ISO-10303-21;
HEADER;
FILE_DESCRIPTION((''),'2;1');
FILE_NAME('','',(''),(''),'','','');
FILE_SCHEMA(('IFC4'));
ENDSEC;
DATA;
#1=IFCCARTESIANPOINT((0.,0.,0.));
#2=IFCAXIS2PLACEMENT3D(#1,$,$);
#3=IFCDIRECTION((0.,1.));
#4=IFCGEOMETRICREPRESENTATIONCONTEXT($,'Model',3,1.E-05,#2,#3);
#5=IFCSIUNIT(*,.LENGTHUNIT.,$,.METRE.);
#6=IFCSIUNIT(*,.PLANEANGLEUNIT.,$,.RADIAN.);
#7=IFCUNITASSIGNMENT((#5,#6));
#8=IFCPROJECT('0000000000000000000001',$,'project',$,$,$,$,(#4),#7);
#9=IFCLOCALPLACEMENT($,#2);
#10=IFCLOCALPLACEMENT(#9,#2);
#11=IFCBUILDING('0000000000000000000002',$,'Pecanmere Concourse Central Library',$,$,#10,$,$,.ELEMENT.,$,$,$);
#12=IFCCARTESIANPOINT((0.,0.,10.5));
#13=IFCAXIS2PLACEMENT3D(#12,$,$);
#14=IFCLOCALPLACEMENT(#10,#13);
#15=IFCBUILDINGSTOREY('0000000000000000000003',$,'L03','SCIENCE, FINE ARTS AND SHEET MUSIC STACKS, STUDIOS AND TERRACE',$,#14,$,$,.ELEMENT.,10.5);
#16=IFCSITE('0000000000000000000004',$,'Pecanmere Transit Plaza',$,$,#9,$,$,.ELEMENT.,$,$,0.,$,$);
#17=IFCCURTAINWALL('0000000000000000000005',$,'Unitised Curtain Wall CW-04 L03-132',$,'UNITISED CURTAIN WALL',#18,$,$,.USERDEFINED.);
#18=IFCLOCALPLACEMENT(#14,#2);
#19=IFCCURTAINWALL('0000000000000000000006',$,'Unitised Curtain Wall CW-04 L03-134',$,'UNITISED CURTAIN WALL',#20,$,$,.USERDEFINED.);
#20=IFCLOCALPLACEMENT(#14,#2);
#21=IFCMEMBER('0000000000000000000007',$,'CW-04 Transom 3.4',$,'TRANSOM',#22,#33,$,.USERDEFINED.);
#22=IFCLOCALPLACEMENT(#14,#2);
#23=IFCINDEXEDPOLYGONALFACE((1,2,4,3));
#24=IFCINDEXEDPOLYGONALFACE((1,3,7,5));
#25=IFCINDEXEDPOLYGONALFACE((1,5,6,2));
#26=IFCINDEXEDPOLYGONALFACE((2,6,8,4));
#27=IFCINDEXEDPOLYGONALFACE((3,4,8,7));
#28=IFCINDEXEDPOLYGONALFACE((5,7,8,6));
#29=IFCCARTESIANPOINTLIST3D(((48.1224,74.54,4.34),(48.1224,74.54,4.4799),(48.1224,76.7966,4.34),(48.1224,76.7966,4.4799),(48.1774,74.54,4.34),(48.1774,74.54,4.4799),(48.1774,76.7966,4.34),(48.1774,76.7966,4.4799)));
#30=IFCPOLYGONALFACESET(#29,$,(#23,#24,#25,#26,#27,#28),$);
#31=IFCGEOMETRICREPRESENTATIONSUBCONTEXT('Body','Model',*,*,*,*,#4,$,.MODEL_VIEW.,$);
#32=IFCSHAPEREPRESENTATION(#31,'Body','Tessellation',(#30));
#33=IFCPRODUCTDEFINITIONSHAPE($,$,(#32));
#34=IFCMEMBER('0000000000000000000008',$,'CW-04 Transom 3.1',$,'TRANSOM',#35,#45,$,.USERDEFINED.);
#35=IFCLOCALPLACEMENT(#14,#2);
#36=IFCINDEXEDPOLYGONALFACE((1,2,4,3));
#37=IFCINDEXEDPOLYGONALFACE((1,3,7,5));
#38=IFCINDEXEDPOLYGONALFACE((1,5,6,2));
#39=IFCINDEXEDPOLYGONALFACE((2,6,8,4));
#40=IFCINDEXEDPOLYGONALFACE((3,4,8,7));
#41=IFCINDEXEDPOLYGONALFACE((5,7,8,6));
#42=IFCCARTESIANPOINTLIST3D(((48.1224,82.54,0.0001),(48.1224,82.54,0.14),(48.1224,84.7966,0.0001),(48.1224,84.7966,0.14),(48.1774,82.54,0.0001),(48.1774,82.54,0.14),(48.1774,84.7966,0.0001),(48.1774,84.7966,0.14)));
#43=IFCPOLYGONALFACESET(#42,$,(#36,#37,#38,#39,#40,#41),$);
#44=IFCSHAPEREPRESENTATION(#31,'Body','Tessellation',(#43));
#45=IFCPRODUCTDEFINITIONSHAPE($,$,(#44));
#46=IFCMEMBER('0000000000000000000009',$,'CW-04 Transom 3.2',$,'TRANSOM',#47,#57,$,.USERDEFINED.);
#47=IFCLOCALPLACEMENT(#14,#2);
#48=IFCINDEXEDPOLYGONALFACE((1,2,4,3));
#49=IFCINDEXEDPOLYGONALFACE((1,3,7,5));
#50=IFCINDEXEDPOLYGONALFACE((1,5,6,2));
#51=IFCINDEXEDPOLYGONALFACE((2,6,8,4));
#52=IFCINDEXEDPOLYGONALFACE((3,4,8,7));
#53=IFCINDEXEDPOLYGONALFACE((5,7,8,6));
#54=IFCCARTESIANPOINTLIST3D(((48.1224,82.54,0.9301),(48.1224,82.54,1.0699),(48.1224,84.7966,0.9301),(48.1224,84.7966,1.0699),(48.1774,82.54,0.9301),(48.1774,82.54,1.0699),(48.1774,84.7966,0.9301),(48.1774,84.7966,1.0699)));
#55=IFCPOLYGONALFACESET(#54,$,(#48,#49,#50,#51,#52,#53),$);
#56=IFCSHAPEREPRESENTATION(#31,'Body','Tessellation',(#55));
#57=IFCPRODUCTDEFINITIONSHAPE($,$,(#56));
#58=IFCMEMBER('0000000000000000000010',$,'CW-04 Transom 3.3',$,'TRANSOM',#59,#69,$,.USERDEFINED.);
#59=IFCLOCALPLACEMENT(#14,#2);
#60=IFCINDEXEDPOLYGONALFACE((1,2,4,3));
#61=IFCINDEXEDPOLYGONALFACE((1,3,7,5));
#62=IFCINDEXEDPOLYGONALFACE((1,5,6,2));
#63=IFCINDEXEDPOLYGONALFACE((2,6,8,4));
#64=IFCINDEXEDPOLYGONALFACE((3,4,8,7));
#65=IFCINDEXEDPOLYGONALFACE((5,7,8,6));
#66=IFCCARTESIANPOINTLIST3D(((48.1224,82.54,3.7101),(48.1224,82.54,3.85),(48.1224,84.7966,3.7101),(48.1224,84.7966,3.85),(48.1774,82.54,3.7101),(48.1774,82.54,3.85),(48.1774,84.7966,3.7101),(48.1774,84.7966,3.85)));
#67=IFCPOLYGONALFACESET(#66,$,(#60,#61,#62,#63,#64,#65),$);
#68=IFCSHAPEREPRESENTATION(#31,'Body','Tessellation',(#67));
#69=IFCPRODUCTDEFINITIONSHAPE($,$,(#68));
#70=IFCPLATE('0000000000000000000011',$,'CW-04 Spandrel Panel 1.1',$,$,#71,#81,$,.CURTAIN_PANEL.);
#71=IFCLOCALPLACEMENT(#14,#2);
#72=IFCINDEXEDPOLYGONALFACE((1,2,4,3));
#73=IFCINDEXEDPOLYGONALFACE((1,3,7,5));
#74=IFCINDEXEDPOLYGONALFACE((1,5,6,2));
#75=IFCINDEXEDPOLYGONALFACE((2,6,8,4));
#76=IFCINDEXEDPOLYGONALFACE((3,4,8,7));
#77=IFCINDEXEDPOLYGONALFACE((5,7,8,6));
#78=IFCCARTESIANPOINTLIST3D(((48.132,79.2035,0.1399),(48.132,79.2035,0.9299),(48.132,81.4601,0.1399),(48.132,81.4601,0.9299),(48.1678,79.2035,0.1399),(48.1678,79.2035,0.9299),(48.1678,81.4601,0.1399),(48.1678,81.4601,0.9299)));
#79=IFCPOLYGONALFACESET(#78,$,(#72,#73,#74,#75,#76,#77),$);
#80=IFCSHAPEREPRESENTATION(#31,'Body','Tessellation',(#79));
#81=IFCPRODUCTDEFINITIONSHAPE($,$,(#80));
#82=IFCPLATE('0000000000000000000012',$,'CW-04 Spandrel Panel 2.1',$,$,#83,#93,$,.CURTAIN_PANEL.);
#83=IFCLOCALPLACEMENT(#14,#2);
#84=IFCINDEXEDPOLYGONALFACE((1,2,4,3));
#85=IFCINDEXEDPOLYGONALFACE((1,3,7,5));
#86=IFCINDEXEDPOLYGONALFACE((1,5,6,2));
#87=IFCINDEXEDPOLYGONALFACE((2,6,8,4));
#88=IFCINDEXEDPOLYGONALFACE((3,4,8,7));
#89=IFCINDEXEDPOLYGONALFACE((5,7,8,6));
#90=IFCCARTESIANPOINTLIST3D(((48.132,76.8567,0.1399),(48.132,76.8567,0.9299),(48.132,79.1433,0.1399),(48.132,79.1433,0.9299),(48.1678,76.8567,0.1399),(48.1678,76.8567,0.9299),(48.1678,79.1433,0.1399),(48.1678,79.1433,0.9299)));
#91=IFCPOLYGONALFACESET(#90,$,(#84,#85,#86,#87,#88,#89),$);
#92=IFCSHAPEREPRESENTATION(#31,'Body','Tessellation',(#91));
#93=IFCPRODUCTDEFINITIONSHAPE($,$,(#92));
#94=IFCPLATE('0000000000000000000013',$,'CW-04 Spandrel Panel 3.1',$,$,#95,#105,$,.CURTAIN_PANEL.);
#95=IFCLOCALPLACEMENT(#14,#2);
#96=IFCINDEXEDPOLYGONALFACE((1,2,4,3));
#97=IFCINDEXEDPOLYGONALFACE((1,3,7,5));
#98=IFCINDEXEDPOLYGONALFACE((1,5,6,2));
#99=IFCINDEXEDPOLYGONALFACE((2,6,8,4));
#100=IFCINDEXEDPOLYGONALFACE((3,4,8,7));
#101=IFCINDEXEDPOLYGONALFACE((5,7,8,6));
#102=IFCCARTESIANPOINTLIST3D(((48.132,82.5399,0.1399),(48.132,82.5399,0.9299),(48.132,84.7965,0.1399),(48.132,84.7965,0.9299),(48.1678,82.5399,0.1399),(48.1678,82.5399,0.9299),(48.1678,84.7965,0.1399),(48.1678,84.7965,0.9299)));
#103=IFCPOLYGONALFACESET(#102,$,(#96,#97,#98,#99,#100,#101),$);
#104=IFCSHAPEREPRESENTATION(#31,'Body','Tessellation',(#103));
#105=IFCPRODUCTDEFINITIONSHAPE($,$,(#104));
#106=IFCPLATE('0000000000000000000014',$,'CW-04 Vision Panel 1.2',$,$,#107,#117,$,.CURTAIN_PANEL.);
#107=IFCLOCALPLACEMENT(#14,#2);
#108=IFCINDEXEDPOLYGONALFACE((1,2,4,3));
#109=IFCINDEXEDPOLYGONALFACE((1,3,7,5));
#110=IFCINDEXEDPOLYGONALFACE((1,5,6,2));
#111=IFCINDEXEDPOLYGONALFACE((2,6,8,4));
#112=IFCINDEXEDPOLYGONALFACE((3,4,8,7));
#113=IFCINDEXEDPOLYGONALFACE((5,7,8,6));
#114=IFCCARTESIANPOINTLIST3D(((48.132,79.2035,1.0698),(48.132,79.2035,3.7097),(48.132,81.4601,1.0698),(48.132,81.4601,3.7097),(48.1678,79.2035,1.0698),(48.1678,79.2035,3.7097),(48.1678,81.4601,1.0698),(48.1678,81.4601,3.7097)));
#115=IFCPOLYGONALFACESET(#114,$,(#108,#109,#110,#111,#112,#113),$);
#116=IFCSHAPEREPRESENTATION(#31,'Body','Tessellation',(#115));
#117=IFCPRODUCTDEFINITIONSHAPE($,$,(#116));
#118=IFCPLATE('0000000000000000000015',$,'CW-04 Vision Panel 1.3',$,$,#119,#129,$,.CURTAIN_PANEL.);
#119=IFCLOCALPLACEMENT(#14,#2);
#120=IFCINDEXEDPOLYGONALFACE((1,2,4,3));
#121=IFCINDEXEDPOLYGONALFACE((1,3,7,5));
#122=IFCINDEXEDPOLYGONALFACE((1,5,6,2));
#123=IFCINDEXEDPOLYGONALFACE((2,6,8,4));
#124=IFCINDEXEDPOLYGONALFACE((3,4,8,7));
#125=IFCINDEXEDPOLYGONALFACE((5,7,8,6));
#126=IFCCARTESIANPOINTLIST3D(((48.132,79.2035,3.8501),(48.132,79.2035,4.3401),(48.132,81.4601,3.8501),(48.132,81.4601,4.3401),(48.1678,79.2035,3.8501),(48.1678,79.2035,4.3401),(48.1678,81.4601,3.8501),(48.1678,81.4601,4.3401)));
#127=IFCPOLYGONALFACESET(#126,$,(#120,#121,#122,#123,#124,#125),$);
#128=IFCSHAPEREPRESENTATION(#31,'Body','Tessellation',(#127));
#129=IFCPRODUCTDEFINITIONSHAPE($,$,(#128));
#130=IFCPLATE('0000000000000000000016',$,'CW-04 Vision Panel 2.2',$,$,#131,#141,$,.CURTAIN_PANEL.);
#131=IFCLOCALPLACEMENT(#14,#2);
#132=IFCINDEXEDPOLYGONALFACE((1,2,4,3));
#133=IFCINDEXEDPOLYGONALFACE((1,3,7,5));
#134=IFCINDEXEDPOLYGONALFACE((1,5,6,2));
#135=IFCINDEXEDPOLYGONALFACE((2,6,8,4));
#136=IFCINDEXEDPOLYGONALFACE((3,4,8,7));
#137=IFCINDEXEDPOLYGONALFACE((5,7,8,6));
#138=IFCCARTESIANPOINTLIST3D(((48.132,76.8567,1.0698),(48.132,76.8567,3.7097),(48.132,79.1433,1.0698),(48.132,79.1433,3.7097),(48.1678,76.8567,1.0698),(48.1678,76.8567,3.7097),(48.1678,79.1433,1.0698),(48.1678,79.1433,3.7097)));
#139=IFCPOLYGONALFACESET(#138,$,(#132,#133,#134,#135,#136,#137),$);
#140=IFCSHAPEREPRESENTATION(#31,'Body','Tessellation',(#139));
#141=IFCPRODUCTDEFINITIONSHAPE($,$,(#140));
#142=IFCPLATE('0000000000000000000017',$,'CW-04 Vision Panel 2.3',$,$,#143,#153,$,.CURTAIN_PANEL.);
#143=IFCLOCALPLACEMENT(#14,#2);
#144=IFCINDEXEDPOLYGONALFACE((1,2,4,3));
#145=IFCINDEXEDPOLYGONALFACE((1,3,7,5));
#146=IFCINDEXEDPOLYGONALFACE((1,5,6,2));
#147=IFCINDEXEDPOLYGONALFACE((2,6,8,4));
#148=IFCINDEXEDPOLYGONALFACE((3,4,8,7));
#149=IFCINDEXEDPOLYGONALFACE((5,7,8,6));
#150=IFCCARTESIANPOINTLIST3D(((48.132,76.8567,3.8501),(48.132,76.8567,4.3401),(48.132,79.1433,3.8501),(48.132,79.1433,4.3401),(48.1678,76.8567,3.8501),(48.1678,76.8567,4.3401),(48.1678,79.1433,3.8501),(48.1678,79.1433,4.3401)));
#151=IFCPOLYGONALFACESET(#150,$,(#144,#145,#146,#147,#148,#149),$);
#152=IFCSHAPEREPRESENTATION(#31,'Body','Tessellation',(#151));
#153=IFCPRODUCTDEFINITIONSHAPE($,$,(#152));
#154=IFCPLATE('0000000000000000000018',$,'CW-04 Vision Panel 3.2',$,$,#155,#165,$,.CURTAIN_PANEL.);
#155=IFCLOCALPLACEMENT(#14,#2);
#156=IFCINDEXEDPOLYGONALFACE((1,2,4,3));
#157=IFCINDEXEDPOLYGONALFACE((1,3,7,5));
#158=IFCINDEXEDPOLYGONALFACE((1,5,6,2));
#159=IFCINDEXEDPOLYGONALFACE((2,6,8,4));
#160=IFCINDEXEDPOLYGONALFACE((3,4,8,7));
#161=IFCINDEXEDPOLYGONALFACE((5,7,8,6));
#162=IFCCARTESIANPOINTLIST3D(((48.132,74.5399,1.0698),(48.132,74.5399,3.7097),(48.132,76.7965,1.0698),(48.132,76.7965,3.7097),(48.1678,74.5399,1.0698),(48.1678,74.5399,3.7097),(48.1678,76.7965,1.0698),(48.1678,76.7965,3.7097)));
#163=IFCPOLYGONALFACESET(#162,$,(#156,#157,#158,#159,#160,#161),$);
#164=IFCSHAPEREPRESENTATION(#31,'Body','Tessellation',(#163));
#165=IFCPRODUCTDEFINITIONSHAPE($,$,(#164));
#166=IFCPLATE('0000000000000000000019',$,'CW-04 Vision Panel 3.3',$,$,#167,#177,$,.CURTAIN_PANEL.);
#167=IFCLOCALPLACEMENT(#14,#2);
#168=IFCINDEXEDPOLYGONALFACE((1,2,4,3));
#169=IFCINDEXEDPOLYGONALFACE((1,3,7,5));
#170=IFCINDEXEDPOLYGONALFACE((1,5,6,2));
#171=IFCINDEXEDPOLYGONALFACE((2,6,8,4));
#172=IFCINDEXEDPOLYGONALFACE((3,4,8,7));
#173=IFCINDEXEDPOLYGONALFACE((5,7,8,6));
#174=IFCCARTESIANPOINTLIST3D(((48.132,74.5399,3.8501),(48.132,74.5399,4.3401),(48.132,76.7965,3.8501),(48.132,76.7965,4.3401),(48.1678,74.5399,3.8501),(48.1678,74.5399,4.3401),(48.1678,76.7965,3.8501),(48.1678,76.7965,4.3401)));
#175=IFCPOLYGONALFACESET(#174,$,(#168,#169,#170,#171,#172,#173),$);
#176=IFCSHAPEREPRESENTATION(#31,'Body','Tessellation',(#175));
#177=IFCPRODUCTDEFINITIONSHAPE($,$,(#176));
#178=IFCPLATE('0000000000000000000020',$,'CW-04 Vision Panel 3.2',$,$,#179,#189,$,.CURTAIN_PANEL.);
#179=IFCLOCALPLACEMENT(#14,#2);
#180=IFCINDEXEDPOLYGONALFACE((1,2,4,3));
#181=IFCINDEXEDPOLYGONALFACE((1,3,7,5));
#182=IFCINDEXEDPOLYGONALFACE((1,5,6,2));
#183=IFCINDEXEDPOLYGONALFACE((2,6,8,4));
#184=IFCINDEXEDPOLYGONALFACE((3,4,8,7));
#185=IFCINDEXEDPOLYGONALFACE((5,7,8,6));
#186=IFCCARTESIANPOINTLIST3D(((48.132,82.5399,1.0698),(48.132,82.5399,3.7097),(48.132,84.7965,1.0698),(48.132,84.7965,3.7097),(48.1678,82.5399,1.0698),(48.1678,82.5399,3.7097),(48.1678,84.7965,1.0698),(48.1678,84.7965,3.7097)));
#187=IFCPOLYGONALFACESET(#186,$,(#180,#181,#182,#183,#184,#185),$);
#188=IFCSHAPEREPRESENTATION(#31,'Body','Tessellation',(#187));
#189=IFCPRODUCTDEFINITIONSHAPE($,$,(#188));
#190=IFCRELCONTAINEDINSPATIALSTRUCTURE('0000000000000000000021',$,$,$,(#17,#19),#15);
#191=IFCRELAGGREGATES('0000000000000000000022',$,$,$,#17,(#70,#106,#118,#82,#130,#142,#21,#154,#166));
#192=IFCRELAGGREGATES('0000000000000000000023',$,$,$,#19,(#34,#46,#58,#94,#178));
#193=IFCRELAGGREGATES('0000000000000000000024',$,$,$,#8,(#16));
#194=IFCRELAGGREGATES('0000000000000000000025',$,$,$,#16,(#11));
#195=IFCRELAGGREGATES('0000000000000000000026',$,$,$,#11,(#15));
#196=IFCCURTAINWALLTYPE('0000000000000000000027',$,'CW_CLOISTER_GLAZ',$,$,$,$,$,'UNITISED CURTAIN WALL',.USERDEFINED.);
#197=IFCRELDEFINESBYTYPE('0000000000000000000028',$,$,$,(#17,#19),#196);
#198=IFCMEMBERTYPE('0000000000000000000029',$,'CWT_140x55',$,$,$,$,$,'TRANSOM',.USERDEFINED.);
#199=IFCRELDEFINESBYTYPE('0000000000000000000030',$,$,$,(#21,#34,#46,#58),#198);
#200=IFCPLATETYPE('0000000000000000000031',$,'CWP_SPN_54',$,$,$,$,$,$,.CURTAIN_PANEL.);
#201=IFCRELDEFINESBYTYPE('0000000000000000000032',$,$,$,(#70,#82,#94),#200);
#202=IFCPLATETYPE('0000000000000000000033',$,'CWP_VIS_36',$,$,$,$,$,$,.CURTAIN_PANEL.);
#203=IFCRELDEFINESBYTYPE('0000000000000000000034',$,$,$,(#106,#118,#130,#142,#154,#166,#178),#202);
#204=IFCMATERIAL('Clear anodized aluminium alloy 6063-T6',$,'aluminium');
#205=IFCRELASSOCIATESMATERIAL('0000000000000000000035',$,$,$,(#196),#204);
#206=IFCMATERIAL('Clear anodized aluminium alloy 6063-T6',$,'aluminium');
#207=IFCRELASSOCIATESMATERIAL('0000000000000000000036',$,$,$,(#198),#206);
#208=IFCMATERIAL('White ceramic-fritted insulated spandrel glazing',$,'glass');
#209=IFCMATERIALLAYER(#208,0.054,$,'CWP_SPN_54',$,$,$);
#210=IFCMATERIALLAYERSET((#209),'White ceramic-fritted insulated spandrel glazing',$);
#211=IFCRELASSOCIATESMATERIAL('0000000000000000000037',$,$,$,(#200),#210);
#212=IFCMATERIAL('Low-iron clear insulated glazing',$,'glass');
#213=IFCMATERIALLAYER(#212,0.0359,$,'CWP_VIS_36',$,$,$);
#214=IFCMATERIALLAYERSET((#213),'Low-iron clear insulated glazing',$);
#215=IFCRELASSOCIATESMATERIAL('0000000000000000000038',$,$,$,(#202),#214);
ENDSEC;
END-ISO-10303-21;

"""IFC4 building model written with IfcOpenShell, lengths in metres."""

from ifc_helpers import new_model, si_unit, direction, frame, origin, origin_2d, place, context, subcontext, project, spatial, rectangle, extrude, material, layer, layer_set, material_profile, profile_set, type_object, element, aggregate, save


model = new_model("IFC4")

# Units and contexts
model_context = context("Model", 3, precision=1e-05, world=origin(), true_north=direction((0.0, 1.0)))
body_context = subcontext(model_context, "Body", "Model", "MODEL_VIEW")
ifc_project = project(units=[si_unit("LENGTHUNIT", "METRE"), si_unit("PLANEANGLEUNIT", "RADIAN")], contexts=[model_context])

# Site, building, storey
site_placement = place(None, origin())
site = spatial("IfcSite", under=ifc_project, at=site_placement, Name="Pecanmere Transit Plaza", CompositionType="ELEMENT", RefElevation=0.0)
building_placement = place(site_placement, origin())
building = spatial("IfcBuilding", under=site, at=building_placement, Name="Pecanmere Concourse Central Library", CompositionType="ELEMENT")
storey_placement = place(building_placement, frame((0.0, 0.0, 10.5)))
storey = spatial("IfcBuildingStorey", under=building, at=storey_placement, Name="L03", Description="SCIENCE, FINE ARTS AND SHEET MUSIC STACKS, STUDIOS AND TERRACE", CompositionType="ELEMENT", Elevation=10.5)

# Curtain wall
ifc_material_1 = material(Name="Clear anodized aluminium alloy 6063-T6", Category="aluminium")
curtain_wall_type = type_object("IfcCurtainWallType", Name="CW_CLOISTER_GLAZ", ElementType="UNITISED CURTAIN WALL", PredefinedType="USERDEFINED", material=ifc_material_1)
curtain_wall_1_placement = place(storey_placement, origin())
curtain_wall_1 = element("IfcCurtainWall", 1, at=curtain_wall_1_placement, inside=storey, type_object=curtain_wall_type, Name="Unitised Curtain Wall CW-04 L03-132", ObjectType="UNITISED CURTAIN WALL", PredefinedType="USERDEFINED")

# Curtain wall
curtain_wall_2_placement = place(storey_placement, origin())
curtain_wall_2 = element("IfcCurtainWall", 2, at=curtain_wall_2_placement, inside=storey, type_object=curtain_wall_type, Name="Unitised Curtain Wall CW-04 L03-134", ObjectType="UNITISED CURTAIN WALL", PredefinedType="USERDEFINED")

# Members
ifc_material_2 = material(Name="Clear anodized aluminium alloy 6063-T6", Category="aluminium")
ifc_material_profile_1 = material_profile(ifc_material_2, rectangle(XDim=0.0549, YDim=0.1399, at=origin_2d()), Name="AL 55x140")
ifc_profile_set_1 = profile_set([ifc_material_profile_1], Name="Clear anodized aluminium alloy 6063-T6")
member_type_1 = type_object("IfcMemberType", Name="CWT_140x55", ElementType="TRANSOM", PredefinedType="USERDEFINED", material=ifc_profile_set_1)
member_1_placement = place(storey_placement, frame((48.1499, 76.7966, 4.4099), z_axis=(0.0, -1.0, 0.0), x_axis=(1.0, 0.0, 0.0)))
member_1 = element("IfcMember", 3, at=member_1_placement, type_object=member_type_1, Name="CW-04 Transom 3.4", ObjectType="TRANSOM", PredefinedType="USERDEFINED", context=body_context, shape_type="SweptSolid", body=[
    extrude(rectangle(XDim=0.0549, YDim=0.1399, at=origin_2d()), origin(), (0.0, 0.0, 1.0), 2.2566),
])
member_2_placement = place(storey_placement, frame((48.1499, 84.7966, 0.0701), z_axis=(0.0, -1.0, 0.0), x_axis=(1.0, 0.0, 0.0)))
member_2 = element("IfcMember", 4, at=member_2_placement, type_object=member_type_1, Name="CW-04 Transom 3.1", ObjectType="TRANSOM", PredefinedType="USERDEFINED", context=body_context, shape_type="SweptSolid", body=[
    extrude(rectangle(XDim=0.0549, YDim=0.1399, at=origin_2d()), origin(), (0.0, 0.0, 1.0), 2.2566),
])
member_3_placement = place(storey_placement, frame((48.1499, 84.7966, 1.0), z_axis=(0.0, -1.0, 0.0), x_axis=(1.0, 0.0, 0.0)))
member_3 = element("IfcMember", 5, at=member_3_placement, type_object=member_type_1, Name="CW-04 Transom 3.2", ObjectType="TRANSOM", PredefinedType="USERDEFINED", context=body_context, shape_type="SweptSolid", body=[
    extrude(rectangle(XDim=0.0549, YDim=0.1399, at=origin_2d()), origin(), (0.0, 0.0, 1.0), 2.2566),
])
member_4_placement = place(storey_placement, frame((48.1499, 84.7966, 3.78), z_axis=(0.0, -1.0, 0.0), x_axis=(1.0, 0.0, 0.0)))
member_4 = element("IfcMember", 6, at=member_4_placement, type_object=member_type_1, Name="CW-04 Transom 3.3", ObjectType="TRANSOM", PredefinedType="USERDEFINED", context=body_context, shape_type="SweptSolid", body=[
    extrude(rectangle(XDim=0.0549, YDim=0.1399, at=origin_2d()), origin(), (0.0, 0.0, 1.0), 2.2566),
])

# Plates
ifc_material_3 = material(Name="White ceramic-fritted insulated spandrel glazing", Category="glass")
ifc_layer_1 = layer(ifc_material_3, 0.054, Name="CWP_SPN_54")
ifc_layer_set_1 = layer_set([ifc_layer_1], Name="White ceramic-fritted insulated spandrel glazing")
plate_type_1 = type_object("IfcPlateType", Name="CWP_SPN_54", PredefinedType="CURTAIN_PANEL", material=ifc_layer_set_1)
plate_1_placement = place(storey_placement, frame((48.1499, 80.3318, 0.1399), z_axis=(0.0, 0.0, 1.0), x_axis=(0.0, -1.0, 0.0)))
plate_1 = element("IfcPlate", 7, at=plate_1_placement, type_object=plate_type_1, Name="CW-04 Spandrel Panel 1.1", PredefinedType="CURTAIN_PANEL", context=body_context, shape_type="SweptSolid", body=[
    extrude(rectangle(XDim=2.2566, YDim=0.0359, at=origin_2d()), origin(), (0.0, 0.0, 1.0), 0.79),
])
plate_2_placement = place(storey_placement, frame((48.1499, 78.0, 0.1399), z_axis=(0.0, 0.0, 1.0), x_axis=(0.0, -1.0, 0.0)))
plate_2 = element("IfcPlate", 8, at=plate_2_placement, type_object=plate_type_1, Name="CW-04 Spandrel Panel 2.1", PredefinedType="CURTAIN_PANEL", context=body_context, shape_type="SweptSolid", body=[
    extrude(rectangle(XDim=2.2866, YDim=0.0359, at=origin_2d()), origin(), (0.0, 0.0, 1.0), 0.79),
])
plate_3_placement = place(storey_placement, frame((48.1499, 83.6682, 0.1399), z_axis=(0.0, 0.0, 1.0), x_axis=(0.0, -1.0, 0.0)))
plate_3 = element("IfcPlate", 9, at=plate_3_placement, type_object=plate_type_1, Name="CW-04 Spandrel Panel 3.1", PredefinedType="CURTAIN_PANEL", context=body_context, shape_type="SweptSolid", body=[
    extrude(rectangle(XDim=2.2566, YDim=0.0359, at=origin_2d()), origin(), (0.0, 0.0, 1.0), 0.79),
])
ifc_material_4 = material(Name="Low-iron clear insulated glazing", Category="glass")
ifc_layer_2 = layer(ifc_material_4, 0.0359, Name="CWP_VIS_36")
ifc_layer_set_2 = layer_set([ifc_layer_2], Name="Low-iron clear insulated glazing")
plate_type_2 = type_object("IfcPlateType", Name="CWP_VIS_36", PredefinedType="CURTAIN_PANEL", material=ifc_layer_set_2)
plate_4_placement = place(storey_placement, frame((48.1499, 80.3318, 1.0698), z_axis=(0.0, 0.0, 1.0), x_axis=(0.0, -1.0, 0.0)))
plate_4 = element("IfcPlate", 10, at=plate_4_placement, type_object=plate_type_2, Name="CW-04 Vision Panel 1.2", PredefinedType="CURTAIN_PANEL", context=body_context, shape_type="SweptSolid", body=[
    extrude(rectangle(XDim=2.2566, YDim=0.0359, at=origin_2d()), origin(), (0.0, 0.0, 1.0), 2.6399),
])
plate_5_placement = place(storey_placement, frame((48.1499, 80.3318, 3.8501), z_axis=(0.0, 0.0, 1.0), x_axis=(0.0, -1.0, 0.0)))
plate_5 = element("IfcPlate", 11, at=plate_5_placement, type_object=plate_type_2, Name="CW-04 Vision Panel 1.3", PredefinedType="CURTAIN_PANEL", context=body_context, shape_type="SweptSolid", body=[
    extrude(rectangle(XDim=2.2566, YDim=0.0359, at=origin_2d()), origin(), (0.0, 0.0, 1.0), 0.49),
])
plate_6_placement = place(storey_placement, frame((48.1499, 78.0, 1.0698), z_axis=(0.0, 0.0, 1.0), x_axis=(0.0, -1.0, 0.0)))
plate_6 = element("IfcPlate", 12, at=plate_6_placement, type_object=plate_type_2, Name="CW-04 Vision Panel 2.2", PredefinedType="CURTAIN_PANEL", context=body_context, shape_type="SweptSolid", body=[
    extrude(rectangle(XDim=2.2866, YDim=0.0359, at=origin_2d()), origin(), (0.0, 0.0, 1.0), 2.6399),
])
plate_7_placement = place(storey_placement, frame((48.1499, 78.0, 3.8501), z_axis=(0.0, 0.0, 1.0), x_axis=(0.0, -1.0, 0.0)))
plate_7 = element("IfcPlate", 13, at=plate_7_placement, type_object=plate_type_2, Name="CW-04 Vision Panel 2.3", PredefinedType="CURTAIN_PANEL", context=body_context, shape_type="SweptSolid", body=[
    extrude(rectangle(XDim=2.2866, YDim=0.0359, at=origin_2d()), origin(), (0.0, 0.0, 1.0), 0.49),
])
plate_8_placement = place(storey_placement, frame((48.1499, 75.6682, 1.0698), z_axis=(0.0, 0.0, 1.0), x_axis=(0.0, -1.0, 0.0)))
plate_8 = element("IfcPlate", 14, at=plate_8_placement, type_object=plate_type_2, Name="CW-04 Vision Panel 3.2", PredefinedType="CURTAIN_PANEL", context=body_context, shape_type="SweptSolid", body=[
    extrude(rectangle(XDim=2.2566, YDim=0.0359, at=origin_2d()), origin(), (0.0, 0.0, 1.0), 2.6399),
])
plate_9_placement = place(storey_placement, frame((48.1499, 75.6682, 3.8501), z_axis=(0.0, 0.0, 1.0), x_axis=(0.0, -1.0, 0.0)))
plate_9 = element("IfcPlate", 15, at=plate_9_placement, type_object=plate_type_2, Name="CW-04 Vision Panel 3.3", PredefinedType="CURTAIN_PANEL", context=body_context, shape_type="SweptSolid", body=[
    extrude(rectangle(XDim=2.2566, YDim=0.0359, at=origin_2d()), origin(), (0.0, 0.0, 1.0), 0.49),
])
aggregate(curtain_wall_1, [plate_1, plate_4, plate_5, plate_2, plate_6, plate_7, member_1, plate_8, plate_9])
plate_10_placement = place(storey_placement, frame((48.1499, 83.6682, 1.0698), z_axis=(0.0, 0.0, 1.0), x_axis=(0.0, -1.0, 0.0)))
plate_10 = element("IfcPlate", 16, at=plate_10_placement, type_object=plate_type_2, Name="CW-04 Vision Panel 3.2", PredefinedType="CURTAIN_PANEL", context=body_context, shape_type="SweptSolid", body=[
    extrude(rectangle(XDim=2.2566, YDim=0.0359, at=origin_2d()), origin(), (0.0, 0.0, 1.0), 2.6399),
])
aggregate(curtain_wall_2, [member_2, member_3, member_4, plate_3, plate_10])

save(model, "model.ifc")
